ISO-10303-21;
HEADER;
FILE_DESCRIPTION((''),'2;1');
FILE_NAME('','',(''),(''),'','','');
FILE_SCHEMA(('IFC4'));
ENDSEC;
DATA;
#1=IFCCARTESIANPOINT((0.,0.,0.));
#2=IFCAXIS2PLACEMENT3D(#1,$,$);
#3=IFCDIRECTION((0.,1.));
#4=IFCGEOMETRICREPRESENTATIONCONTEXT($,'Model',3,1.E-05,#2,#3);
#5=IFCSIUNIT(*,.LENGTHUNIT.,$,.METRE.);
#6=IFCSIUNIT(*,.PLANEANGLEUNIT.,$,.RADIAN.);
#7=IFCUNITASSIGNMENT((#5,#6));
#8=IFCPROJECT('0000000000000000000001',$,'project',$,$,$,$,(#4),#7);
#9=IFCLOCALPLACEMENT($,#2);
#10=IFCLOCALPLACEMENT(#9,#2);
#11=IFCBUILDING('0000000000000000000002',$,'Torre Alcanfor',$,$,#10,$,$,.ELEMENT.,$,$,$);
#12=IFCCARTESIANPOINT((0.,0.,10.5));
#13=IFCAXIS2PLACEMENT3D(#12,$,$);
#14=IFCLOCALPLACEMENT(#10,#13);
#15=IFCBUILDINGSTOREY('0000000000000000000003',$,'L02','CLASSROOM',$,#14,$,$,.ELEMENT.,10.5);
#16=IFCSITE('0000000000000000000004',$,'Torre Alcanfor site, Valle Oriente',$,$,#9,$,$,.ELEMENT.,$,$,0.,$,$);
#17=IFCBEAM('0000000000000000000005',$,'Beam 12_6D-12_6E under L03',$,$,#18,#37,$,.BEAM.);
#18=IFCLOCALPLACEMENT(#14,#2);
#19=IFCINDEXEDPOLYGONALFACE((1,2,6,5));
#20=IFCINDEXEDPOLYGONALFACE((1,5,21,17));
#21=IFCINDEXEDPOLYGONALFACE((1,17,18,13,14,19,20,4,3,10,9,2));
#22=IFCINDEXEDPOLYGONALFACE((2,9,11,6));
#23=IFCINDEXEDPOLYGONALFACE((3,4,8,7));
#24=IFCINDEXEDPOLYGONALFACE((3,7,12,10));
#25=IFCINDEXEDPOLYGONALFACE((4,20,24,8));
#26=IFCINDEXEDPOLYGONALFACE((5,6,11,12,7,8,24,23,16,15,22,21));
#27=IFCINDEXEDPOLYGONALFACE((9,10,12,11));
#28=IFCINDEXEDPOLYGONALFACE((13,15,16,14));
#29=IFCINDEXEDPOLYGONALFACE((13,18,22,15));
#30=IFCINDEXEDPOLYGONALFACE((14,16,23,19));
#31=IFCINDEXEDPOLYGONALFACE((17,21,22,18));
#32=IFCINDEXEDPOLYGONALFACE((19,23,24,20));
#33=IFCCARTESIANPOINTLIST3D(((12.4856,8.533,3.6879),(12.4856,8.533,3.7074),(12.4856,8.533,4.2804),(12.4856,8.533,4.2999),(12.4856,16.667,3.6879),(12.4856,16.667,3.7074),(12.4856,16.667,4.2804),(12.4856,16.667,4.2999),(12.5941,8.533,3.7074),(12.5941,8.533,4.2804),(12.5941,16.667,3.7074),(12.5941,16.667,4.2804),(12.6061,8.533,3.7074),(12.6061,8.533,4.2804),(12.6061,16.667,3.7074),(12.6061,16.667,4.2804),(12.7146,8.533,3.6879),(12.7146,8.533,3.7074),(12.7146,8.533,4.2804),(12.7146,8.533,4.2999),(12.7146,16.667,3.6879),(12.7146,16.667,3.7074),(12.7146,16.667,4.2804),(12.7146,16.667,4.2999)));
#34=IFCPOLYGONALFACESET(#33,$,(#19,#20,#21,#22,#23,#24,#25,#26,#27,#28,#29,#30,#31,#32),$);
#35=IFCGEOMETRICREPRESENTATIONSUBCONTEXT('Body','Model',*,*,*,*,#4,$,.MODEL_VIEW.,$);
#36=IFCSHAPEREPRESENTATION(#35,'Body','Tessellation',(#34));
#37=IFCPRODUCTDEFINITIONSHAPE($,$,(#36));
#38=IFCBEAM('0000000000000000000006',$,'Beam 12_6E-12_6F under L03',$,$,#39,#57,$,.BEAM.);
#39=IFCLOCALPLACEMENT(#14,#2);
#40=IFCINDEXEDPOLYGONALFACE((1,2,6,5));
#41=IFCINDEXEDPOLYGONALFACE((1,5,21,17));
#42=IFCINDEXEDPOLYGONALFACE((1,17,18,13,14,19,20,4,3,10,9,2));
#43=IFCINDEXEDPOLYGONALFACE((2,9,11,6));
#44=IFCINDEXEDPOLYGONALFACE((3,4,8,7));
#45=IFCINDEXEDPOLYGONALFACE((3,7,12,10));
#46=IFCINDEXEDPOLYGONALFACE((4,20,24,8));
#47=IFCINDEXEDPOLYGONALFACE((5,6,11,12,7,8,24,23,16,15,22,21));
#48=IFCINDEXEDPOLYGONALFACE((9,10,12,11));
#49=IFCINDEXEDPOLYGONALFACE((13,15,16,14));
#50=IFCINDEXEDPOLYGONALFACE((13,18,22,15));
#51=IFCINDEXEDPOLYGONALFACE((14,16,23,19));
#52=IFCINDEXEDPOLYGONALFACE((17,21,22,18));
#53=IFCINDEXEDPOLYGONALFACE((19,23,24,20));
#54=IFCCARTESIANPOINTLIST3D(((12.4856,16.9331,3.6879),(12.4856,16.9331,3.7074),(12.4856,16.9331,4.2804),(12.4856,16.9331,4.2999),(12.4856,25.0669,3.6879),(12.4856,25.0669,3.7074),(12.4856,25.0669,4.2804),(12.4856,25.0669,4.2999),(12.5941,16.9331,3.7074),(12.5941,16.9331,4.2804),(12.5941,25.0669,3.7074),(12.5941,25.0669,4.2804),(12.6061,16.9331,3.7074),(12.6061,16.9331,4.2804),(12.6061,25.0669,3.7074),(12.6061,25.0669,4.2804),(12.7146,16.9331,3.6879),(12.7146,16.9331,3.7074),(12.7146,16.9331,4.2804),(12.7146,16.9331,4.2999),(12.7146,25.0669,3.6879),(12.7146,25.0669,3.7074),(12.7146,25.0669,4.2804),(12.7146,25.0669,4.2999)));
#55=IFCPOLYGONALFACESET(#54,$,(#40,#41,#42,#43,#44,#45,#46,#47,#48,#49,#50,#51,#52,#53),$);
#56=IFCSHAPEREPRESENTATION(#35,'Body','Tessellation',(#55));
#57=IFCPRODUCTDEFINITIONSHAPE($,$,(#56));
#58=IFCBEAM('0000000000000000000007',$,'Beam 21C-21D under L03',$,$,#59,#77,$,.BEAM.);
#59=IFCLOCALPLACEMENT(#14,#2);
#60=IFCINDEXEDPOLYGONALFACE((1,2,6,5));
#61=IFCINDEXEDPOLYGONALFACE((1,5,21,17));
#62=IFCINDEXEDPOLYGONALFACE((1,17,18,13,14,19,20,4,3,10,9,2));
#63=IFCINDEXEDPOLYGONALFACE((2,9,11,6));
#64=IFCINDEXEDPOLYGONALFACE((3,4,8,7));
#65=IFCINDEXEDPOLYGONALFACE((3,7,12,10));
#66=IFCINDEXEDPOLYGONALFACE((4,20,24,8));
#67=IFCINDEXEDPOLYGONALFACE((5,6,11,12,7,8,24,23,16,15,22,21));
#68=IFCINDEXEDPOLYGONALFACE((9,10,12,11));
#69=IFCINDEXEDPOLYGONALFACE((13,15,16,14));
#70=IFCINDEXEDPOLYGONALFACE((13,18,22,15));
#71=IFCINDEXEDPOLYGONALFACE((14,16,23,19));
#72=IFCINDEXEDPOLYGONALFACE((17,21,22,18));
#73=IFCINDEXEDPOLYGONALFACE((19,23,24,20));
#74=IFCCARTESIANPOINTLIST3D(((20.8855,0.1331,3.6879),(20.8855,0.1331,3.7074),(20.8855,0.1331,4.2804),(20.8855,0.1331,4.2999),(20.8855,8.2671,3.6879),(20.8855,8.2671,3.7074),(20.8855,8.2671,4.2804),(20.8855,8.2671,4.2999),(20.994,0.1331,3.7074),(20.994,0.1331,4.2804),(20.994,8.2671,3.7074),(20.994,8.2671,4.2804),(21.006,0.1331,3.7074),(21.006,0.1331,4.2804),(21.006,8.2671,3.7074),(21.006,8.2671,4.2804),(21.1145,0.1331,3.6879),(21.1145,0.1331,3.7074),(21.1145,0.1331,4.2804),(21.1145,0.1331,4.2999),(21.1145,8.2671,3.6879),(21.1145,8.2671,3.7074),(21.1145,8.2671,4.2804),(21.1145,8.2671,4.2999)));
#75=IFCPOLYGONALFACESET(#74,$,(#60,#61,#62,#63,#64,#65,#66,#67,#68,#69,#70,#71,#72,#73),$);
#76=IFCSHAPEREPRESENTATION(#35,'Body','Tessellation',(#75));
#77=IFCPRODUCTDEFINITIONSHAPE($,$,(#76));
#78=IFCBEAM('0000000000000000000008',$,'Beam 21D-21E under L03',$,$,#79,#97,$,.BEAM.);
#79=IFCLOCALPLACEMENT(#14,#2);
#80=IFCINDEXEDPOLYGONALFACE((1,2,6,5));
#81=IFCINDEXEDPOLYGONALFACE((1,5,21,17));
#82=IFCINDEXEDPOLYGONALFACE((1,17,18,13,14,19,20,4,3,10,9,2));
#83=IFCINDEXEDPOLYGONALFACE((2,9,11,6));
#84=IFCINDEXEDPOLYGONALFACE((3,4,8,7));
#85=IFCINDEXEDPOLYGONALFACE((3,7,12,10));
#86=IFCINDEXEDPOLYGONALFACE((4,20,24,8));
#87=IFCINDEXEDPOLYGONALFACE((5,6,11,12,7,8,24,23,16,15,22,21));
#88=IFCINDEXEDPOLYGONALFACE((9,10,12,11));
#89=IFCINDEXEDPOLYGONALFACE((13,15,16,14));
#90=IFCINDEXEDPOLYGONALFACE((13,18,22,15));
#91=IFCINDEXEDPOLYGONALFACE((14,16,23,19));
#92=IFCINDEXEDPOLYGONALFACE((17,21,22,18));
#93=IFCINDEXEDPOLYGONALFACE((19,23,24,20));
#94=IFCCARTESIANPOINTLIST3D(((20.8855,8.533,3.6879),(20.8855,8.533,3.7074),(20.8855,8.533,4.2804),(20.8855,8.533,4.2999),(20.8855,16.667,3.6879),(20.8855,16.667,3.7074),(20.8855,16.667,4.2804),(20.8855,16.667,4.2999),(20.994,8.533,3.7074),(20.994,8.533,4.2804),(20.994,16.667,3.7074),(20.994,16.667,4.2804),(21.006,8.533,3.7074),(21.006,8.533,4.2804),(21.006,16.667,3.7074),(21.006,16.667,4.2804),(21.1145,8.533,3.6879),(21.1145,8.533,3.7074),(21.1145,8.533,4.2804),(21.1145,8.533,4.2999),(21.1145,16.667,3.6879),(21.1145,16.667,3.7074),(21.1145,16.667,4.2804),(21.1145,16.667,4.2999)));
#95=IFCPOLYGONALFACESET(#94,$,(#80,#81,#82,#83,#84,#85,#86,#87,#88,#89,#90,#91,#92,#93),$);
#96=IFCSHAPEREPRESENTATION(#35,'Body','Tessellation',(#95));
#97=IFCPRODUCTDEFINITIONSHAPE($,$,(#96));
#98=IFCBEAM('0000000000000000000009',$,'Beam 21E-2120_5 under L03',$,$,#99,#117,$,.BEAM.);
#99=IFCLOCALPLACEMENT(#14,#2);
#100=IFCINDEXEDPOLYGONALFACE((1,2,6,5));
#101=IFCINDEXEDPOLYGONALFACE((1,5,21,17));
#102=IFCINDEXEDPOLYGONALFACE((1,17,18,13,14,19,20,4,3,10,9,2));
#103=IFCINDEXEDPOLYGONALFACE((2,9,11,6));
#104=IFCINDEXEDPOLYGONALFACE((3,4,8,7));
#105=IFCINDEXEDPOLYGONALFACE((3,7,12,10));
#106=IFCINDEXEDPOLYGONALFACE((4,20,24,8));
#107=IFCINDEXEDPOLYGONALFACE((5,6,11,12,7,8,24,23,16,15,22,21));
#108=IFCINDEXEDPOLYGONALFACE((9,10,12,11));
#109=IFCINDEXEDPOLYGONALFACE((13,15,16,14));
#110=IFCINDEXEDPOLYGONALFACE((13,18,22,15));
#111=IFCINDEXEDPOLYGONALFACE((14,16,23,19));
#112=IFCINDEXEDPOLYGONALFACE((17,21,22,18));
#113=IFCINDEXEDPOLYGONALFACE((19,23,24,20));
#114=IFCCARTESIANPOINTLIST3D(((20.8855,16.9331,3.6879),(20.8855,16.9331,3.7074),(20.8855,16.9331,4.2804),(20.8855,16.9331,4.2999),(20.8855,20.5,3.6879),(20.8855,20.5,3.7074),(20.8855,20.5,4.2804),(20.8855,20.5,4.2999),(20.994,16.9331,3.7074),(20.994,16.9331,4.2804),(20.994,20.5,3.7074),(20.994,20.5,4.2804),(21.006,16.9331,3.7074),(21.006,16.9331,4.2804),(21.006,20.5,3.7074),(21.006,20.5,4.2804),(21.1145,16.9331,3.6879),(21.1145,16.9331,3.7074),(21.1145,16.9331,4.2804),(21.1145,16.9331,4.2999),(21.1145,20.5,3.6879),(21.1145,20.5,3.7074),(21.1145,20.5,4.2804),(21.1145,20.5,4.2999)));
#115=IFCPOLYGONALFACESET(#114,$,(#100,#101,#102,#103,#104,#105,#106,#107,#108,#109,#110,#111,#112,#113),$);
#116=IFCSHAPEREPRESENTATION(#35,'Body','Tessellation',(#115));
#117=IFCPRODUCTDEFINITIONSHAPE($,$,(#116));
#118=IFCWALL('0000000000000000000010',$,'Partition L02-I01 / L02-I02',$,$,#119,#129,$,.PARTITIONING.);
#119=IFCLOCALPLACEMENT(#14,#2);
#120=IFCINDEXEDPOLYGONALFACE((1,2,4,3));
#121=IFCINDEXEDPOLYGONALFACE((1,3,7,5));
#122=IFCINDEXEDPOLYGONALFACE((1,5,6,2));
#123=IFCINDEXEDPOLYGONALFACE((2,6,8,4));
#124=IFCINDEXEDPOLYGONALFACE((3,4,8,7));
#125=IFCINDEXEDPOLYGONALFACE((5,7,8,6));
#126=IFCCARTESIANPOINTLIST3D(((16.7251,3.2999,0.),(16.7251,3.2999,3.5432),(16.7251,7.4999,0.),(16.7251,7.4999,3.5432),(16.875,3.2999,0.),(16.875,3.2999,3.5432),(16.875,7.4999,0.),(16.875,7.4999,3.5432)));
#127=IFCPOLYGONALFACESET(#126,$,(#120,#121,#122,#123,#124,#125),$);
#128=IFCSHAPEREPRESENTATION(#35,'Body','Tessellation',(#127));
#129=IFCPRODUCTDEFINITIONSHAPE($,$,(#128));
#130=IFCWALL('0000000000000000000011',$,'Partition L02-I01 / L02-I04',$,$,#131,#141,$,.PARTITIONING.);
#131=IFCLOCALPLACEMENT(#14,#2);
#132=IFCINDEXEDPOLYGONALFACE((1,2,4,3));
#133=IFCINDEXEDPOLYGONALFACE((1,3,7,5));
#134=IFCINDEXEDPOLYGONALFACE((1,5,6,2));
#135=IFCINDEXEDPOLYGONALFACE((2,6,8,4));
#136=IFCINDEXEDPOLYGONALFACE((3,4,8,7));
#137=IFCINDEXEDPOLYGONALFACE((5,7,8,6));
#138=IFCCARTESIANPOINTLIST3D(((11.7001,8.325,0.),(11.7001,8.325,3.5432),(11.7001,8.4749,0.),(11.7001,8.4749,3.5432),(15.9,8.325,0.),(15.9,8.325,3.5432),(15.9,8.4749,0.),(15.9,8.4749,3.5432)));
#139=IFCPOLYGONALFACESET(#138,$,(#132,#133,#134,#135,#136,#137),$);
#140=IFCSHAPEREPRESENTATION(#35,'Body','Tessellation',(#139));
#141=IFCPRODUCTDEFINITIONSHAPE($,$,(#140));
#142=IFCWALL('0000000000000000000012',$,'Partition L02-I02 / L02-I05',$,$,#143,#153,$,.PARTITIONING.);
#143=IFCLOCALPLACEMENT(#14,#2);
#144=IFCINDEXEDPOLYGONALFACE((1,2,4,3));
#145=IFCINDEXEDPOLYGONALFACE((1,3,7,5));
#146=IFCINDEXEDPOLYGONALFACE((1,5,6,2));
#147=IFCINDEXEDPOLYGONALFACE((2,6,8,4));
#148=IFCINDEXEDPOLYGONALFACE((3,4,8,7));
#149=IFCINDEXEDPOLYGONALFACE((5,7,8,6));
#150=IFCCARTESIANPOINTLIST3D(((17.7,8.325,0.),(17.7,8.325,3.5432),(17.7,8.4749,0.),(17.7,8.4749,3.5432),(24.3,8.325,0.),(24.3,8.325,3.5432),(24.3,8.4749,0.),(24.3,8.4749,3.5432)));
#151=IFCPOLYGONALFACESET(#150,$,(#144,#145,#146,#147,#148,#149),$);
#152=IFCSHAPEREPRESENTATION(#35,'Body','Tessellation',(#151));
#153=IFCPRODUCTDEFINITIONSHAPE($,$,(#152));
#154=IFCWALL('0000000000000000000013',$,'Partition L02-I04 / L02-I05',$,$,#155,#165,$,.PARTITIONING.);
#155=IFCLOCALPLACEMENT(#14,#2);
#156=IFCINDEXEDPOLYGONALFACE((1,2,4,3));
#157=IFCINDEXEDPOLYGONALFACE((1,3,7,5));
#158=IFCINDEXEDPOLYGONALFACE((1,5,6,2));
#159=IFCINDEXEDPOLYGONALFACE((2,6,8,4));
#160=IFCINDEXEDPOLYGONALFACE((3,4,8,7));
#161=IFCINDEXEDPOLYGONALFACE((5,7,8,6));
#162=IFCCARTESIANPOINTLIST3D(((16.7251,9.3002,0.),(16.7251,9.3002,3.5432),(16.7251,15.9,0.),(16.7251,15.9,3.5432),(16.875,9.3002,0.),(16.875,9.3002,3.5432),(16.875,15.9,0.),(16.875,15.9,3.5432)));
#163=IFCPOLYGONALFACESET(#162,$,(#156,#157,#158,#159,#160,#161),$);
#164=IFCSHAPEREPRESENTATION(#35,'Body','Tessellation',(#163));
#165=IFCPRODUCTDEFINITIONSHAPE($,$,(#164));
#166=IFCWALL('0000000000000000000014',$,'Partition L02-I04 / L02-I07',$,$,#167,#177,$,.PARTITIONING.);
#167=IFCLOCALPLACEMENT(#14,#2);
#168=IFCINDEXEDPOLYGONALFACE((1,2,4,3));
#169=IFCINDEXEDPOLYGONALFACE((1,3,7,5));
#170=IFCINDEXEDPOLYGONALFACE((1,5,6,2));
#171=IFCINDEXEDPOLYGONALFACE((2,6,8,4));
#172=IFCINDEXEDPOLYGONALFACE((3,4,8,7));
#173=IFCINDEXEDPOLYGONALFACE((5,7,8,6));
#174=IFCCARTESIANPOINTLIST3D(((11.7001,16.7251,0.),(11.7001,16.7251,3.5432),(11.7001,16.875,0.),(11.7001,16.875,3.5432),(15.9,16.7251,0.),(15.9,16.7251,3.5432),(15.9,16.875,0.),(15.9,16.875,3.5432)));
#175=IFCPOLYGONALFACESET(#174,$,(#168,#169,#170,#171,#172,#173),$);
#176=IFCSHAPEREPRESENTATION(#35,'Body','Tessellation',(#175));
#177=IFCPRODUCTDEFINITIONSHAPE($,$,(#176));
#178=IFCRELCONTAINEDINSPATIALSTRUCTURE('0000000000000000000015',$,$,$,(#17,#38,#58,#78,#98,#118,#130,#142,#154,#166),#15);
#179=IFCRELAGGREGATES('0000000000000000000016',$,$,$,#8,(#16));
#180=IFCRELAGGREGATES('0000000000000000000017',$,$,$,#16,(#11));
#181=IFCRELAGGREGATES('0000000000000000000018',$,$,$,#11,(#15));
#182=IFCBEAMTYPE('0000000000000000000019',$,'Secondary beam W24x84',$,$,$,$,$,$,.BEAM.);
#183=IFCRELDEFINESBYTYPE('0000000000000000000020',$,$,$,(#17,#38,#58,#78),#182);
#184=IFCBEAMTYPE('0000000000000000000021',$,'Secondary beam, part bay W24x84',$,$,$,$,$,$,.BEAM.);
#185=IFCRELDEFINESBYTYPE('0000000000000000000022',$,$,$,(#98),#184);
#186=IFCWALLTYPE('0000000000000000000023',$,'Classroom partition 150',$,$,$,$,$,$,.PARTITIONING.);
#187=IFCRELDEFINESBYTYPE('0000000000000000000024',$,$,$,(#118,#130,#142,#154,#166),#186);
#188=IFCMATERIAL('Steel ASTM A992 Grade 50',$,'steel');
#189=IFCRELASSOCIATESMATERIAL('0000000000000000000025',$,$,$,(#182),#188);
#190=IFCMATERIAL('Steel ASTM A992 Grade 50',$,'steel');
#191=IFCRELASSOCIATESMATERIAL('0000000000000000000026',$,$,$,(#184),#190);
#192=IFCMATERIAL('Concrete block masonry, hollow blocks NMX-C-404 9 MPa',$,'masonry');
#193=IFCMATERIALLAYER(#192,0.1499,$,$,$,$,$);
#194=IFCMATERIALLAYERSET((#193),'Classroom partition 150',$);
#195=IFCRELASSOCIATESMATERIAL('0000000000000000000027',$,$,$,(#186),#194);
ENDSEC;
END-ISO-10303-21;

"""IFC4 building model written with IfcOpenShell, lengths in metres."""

from ifc_helpers import new_model, si_unit, direction, frame, frame_2d, origin, origin_2d, place, context, subcontext, project, spatial, rectangle, i_section, extrude, material, layer, layer_set, material_profile, profile_set, type_object, element, save


model = new_model("IFC4")

# Units and contexts
model_context = context("Model", 3, precision=1e-05, world=origin(), true_north=direction((0.0, 1.0)))
body_context = subcontext(model_context, "Body", "Model", "MODEL_VIEW")
ifc_project = project(units=[si_unit("LENGTHUNIT", "METRE"), si_unit("PLANEANGLEUNIT", "RADIAN")], contexts=[model_context])

# Site, building, storey
site_placement = place(None, origin())
site = spatial("IfcSite", under=ifc_project, at=site_placement, Name="Torre Alcanfor site, Valle Oriente", CompositionType="ELEMENT", RefElevation=0.0)
building_placement = place(site_placement, origin())
building = spatial("IfcBuilding", under=site, at=building_placement, Name="Torre Alcanfor", CompositionType="ELEMENT")
storey_placement = place(building_placement, frame((0.0, 0.0, 10.5)))
storey = spatial("IfcBuildingStorey", under=building, at=storey_placement, Name="L02", Description="CLASSROOM", CompositionType="ELEMENT", Elevation=10.5)

# Beams
ifc_material_1 = material(Name="Steel ASTM A992 Grade 50", Category="steel")
ifc_material_profile_1 = material_profile(ifc_material_1, i_section(OverallWidth=0.229, OverallDepth=0.6121, WebThickness=0.012, FlangeThickness=0.0195, at=origin_2d()), Name="W24x84")
ifc_profile_set_1 = profile_set([ifc_material_profile_1], Name="Steel ASTM A992 Grade 50")
beam_type_1 = type_object("IfcBeamType", Name="Secondary beam W24x84", PredefinedType="BEAM", material=ifc_profile_set_1)
for number, where, z_axis, x_axis, name in (
    (1, (12.6001, 8.533, 3.9939), (0.0, 1.0, 0.0), (-1.0, 0.0, 0.0), "Beam 12_6D-12_6E under L03"),
):
    element("IfcBeam", number, at=place(storey_placement, frame(where, z_axis=z_axis, x_axis=x_axis)), inside=storey, type_object=beam_type_1, Name=name, PredefinedType="BEAM", context=body_context, shape_type="SweptSolid", body=[
        extrude(i_section(OverallWidth=0.229, OverallDepth=0.6121, WebThickness=0.012, FlangeThickness=0.0195, at=origin_2d()), origin(), (0.0, 0.0, 1.0), 8.134),
    ])
beam_1_placement = place(storey_placement, frame((12.6001, 16.9331, 3.9939), z_axis=(0.0, 1.0, 0.0), x_axis=(-1.0, 0.0, 0.0)))
element("IfcBeam", 2, at=beam_1_placement, inside=storey, type_object=beam_type_1, Name="Beam 12_6E-12_6F under L03", PredefinedType="BEAM", context=body_context, shape_type="SweptSolid", body=[
    extrude(i_section(OverallWidth=0.229, OverallDepth=0.6121, WebThickness=0.012, FlangeThickness=0.0195, at=origin_2d()), origin(), (0.0, 0.0, 1.0), 8.1338),
])
for number, where, z_axis, x_axis, name in (
    (3, (21.0, 0.1331, 3.9939), (0.0, 1.0, 0.0), (-1.0, 0.0, 0.0), "Beam 21C-21D under L03"),
    (4, (21.0, 8.533, 3.9939), (0.0, 1.0, 0.0), (-1.0, 0.0, 0.0), "Beam 21D-21E under L03"),
):
    element("IfcBeam", number, at=place(storey_placement, frame(where, z_axis=z_axis, x_axis=x_axis)), inside=storey, type_object=beam_type_1, Name=name, PredefinedType="BEAM", context=body_context, shape_type="SweptSolid", body=[
        extrude(i_section(OverallWidth=0.229, OverallDepth=0.6121, WebThickness=0.012, FlangeThickness=0.0195, at=origin_2d()), origin(), (0.0, 0.0, 1.0), 8.134),
    ])
ifc_material_2 = material(Name="Steel ASTM A992 Grade 50", Category="steel")
ifc_material_profile_2 = material_profile(ifc_material_2, i_section(OverallWidth=0.229, OverallDepth=0.6121, WebThickness=0.012, FlangeThickness=0.0195, at=origin_2d()), Name="W24x84")
ifc_profile_set_2 = profile_set([ifc_material_profile_2], Name="Steel ASTM A992 Grade 50")
beam_type_2 = type_object("IfcBeamType", Name="Secondary beam, part bay W24x84", PredefinedType="BEAM", material=ifc_profile_set_2)
beam_2_placement = place(storey_placement, frame((21.0, 16.9331, 3.9939), z_axis=(0.0, 1.0, 0.0), x_axis=(-1.0, 0.0, 0.0)))
element("IfcBeam", 5, at=beam_2_placement, inside=storey, type_object=beam_type_2, Name="Beam 21E-2120_5 under L03", PredefinedType="BEAM", context=body_context, shape_type="SweptSolid", body=[
    extrude(i_section(OverallWidth=0.229, OverallDepth=0.6121, WebThickness=0.012, FlangeThickness=0.0195, at=origin_2d()), origin(), (0.0, 0.0, 1.0), 3.5669),
])

# Walls
ifc_material_3 = material(Name="Concrete block masonry, hollow blocks NMX-C-404 9 MPa", Category="masonry")
ifc_layer_1 = layer(ifc_material_3, 0.1499)
ifc_layer_set_1 = layer_set([ifc_layer_1], Name="Classroom partition 150")
wall_type_1 = type_object("IfcWallType", Name="Classroom partition 150", PredefinedType="PARTITIONING", material=ifc_layer_set_1)
for number, where, z_axis, x_axis, name in (
    (6, (16.8, 7.5, 0.0), (0.0, 0.0, 1.0), (0.0, -1.0, 0.0), "Partition L02-I01 / L02-I02"),
    (7, (11.7, 8.3999, 0.0), (0.0, 0.0, 1.0), (1.0, 0.0, 0.0), "Partition L02-I01 / L02-I04"),
):
    element("IfcWall", number, at=place(storey_placement, frame(where, z_axis=z_axis, x_axis=x_axis)), inside=storey, type_object=wall_type_1, Name=name, PredefinedType="PARTITIONING", context=body_context, shape_type="SweptSolid", body=[
        extrude(rectangle(XDim=4.2, YDim=0.1499, at=frame_2d((2.1001, 0.0))), origin(), (0.0, 0.0, 1.0), 3.5432),
    ])
wall_1_placement = place(storey_placement, frame((17.7, 8.3999, 0.0), z_axis=(0.0, 0.0, 1.0), x_axis=(1.0, 0.0, 0.0)))
element("IfcWall", 8, at=wall_1_placement, inside=storey, type_object=wall_type_1, Name="Partition L02-I02 / L02-I05", PredefinedType="PARTITIONING", context=body_context, shape_type="SweptSolid", body=[
    extrude(rectangle(XDim=6.6001, YDim=0.1499, at=frame_2d((3.3, 0.0))), origin(), (0.0, 0.0, 1.0), 3.5432),
])
wall_2_placement = place(storey_placement, frame((16.8, 15.8999, 0.0), z_axis=(0.0, 0.0, 1.0), x_axis=(0.0, -1.0, 0.0)))
element("IfcWall", 9, at=wall_2_placement, inside=storey, type_object=wall_type_1, Name="Partition L02-I04 / L02-I05", PredefinedType="PARTITIONING", context=body_context, shape_type="SweptSolid", body=[
    extrude(rectangle(XDim=6.5999, YDim=0.1499, at=frame_2d((3.2998, 0.0))), origin(), (0.0, 0.0, 1.0), 3.5432),
])
wall_3_placement = place(storey_placement, frame((11.7, 16.8, 0.0), z_axis=(0.0, 0.0, 1.0), x_axis=(1.0, 0.0, 0.0)))
element("IfcWall", 10, at=wall_3_placement, inside=storey, type_object=wall_type_1, Name="Partition L02-I04 / L02-I07", PredefinedType="PARTITIONING", context=body_context, shape_type="SweptSolid", body=[
    extrude(rectangle(XDim=4.2, YDim=0.1499, at=frame_2d((2.1001, 0.0))), origin(), (0.0, 0.0, 1.0), 3.5432),
])

save(model, "model.ifc")
